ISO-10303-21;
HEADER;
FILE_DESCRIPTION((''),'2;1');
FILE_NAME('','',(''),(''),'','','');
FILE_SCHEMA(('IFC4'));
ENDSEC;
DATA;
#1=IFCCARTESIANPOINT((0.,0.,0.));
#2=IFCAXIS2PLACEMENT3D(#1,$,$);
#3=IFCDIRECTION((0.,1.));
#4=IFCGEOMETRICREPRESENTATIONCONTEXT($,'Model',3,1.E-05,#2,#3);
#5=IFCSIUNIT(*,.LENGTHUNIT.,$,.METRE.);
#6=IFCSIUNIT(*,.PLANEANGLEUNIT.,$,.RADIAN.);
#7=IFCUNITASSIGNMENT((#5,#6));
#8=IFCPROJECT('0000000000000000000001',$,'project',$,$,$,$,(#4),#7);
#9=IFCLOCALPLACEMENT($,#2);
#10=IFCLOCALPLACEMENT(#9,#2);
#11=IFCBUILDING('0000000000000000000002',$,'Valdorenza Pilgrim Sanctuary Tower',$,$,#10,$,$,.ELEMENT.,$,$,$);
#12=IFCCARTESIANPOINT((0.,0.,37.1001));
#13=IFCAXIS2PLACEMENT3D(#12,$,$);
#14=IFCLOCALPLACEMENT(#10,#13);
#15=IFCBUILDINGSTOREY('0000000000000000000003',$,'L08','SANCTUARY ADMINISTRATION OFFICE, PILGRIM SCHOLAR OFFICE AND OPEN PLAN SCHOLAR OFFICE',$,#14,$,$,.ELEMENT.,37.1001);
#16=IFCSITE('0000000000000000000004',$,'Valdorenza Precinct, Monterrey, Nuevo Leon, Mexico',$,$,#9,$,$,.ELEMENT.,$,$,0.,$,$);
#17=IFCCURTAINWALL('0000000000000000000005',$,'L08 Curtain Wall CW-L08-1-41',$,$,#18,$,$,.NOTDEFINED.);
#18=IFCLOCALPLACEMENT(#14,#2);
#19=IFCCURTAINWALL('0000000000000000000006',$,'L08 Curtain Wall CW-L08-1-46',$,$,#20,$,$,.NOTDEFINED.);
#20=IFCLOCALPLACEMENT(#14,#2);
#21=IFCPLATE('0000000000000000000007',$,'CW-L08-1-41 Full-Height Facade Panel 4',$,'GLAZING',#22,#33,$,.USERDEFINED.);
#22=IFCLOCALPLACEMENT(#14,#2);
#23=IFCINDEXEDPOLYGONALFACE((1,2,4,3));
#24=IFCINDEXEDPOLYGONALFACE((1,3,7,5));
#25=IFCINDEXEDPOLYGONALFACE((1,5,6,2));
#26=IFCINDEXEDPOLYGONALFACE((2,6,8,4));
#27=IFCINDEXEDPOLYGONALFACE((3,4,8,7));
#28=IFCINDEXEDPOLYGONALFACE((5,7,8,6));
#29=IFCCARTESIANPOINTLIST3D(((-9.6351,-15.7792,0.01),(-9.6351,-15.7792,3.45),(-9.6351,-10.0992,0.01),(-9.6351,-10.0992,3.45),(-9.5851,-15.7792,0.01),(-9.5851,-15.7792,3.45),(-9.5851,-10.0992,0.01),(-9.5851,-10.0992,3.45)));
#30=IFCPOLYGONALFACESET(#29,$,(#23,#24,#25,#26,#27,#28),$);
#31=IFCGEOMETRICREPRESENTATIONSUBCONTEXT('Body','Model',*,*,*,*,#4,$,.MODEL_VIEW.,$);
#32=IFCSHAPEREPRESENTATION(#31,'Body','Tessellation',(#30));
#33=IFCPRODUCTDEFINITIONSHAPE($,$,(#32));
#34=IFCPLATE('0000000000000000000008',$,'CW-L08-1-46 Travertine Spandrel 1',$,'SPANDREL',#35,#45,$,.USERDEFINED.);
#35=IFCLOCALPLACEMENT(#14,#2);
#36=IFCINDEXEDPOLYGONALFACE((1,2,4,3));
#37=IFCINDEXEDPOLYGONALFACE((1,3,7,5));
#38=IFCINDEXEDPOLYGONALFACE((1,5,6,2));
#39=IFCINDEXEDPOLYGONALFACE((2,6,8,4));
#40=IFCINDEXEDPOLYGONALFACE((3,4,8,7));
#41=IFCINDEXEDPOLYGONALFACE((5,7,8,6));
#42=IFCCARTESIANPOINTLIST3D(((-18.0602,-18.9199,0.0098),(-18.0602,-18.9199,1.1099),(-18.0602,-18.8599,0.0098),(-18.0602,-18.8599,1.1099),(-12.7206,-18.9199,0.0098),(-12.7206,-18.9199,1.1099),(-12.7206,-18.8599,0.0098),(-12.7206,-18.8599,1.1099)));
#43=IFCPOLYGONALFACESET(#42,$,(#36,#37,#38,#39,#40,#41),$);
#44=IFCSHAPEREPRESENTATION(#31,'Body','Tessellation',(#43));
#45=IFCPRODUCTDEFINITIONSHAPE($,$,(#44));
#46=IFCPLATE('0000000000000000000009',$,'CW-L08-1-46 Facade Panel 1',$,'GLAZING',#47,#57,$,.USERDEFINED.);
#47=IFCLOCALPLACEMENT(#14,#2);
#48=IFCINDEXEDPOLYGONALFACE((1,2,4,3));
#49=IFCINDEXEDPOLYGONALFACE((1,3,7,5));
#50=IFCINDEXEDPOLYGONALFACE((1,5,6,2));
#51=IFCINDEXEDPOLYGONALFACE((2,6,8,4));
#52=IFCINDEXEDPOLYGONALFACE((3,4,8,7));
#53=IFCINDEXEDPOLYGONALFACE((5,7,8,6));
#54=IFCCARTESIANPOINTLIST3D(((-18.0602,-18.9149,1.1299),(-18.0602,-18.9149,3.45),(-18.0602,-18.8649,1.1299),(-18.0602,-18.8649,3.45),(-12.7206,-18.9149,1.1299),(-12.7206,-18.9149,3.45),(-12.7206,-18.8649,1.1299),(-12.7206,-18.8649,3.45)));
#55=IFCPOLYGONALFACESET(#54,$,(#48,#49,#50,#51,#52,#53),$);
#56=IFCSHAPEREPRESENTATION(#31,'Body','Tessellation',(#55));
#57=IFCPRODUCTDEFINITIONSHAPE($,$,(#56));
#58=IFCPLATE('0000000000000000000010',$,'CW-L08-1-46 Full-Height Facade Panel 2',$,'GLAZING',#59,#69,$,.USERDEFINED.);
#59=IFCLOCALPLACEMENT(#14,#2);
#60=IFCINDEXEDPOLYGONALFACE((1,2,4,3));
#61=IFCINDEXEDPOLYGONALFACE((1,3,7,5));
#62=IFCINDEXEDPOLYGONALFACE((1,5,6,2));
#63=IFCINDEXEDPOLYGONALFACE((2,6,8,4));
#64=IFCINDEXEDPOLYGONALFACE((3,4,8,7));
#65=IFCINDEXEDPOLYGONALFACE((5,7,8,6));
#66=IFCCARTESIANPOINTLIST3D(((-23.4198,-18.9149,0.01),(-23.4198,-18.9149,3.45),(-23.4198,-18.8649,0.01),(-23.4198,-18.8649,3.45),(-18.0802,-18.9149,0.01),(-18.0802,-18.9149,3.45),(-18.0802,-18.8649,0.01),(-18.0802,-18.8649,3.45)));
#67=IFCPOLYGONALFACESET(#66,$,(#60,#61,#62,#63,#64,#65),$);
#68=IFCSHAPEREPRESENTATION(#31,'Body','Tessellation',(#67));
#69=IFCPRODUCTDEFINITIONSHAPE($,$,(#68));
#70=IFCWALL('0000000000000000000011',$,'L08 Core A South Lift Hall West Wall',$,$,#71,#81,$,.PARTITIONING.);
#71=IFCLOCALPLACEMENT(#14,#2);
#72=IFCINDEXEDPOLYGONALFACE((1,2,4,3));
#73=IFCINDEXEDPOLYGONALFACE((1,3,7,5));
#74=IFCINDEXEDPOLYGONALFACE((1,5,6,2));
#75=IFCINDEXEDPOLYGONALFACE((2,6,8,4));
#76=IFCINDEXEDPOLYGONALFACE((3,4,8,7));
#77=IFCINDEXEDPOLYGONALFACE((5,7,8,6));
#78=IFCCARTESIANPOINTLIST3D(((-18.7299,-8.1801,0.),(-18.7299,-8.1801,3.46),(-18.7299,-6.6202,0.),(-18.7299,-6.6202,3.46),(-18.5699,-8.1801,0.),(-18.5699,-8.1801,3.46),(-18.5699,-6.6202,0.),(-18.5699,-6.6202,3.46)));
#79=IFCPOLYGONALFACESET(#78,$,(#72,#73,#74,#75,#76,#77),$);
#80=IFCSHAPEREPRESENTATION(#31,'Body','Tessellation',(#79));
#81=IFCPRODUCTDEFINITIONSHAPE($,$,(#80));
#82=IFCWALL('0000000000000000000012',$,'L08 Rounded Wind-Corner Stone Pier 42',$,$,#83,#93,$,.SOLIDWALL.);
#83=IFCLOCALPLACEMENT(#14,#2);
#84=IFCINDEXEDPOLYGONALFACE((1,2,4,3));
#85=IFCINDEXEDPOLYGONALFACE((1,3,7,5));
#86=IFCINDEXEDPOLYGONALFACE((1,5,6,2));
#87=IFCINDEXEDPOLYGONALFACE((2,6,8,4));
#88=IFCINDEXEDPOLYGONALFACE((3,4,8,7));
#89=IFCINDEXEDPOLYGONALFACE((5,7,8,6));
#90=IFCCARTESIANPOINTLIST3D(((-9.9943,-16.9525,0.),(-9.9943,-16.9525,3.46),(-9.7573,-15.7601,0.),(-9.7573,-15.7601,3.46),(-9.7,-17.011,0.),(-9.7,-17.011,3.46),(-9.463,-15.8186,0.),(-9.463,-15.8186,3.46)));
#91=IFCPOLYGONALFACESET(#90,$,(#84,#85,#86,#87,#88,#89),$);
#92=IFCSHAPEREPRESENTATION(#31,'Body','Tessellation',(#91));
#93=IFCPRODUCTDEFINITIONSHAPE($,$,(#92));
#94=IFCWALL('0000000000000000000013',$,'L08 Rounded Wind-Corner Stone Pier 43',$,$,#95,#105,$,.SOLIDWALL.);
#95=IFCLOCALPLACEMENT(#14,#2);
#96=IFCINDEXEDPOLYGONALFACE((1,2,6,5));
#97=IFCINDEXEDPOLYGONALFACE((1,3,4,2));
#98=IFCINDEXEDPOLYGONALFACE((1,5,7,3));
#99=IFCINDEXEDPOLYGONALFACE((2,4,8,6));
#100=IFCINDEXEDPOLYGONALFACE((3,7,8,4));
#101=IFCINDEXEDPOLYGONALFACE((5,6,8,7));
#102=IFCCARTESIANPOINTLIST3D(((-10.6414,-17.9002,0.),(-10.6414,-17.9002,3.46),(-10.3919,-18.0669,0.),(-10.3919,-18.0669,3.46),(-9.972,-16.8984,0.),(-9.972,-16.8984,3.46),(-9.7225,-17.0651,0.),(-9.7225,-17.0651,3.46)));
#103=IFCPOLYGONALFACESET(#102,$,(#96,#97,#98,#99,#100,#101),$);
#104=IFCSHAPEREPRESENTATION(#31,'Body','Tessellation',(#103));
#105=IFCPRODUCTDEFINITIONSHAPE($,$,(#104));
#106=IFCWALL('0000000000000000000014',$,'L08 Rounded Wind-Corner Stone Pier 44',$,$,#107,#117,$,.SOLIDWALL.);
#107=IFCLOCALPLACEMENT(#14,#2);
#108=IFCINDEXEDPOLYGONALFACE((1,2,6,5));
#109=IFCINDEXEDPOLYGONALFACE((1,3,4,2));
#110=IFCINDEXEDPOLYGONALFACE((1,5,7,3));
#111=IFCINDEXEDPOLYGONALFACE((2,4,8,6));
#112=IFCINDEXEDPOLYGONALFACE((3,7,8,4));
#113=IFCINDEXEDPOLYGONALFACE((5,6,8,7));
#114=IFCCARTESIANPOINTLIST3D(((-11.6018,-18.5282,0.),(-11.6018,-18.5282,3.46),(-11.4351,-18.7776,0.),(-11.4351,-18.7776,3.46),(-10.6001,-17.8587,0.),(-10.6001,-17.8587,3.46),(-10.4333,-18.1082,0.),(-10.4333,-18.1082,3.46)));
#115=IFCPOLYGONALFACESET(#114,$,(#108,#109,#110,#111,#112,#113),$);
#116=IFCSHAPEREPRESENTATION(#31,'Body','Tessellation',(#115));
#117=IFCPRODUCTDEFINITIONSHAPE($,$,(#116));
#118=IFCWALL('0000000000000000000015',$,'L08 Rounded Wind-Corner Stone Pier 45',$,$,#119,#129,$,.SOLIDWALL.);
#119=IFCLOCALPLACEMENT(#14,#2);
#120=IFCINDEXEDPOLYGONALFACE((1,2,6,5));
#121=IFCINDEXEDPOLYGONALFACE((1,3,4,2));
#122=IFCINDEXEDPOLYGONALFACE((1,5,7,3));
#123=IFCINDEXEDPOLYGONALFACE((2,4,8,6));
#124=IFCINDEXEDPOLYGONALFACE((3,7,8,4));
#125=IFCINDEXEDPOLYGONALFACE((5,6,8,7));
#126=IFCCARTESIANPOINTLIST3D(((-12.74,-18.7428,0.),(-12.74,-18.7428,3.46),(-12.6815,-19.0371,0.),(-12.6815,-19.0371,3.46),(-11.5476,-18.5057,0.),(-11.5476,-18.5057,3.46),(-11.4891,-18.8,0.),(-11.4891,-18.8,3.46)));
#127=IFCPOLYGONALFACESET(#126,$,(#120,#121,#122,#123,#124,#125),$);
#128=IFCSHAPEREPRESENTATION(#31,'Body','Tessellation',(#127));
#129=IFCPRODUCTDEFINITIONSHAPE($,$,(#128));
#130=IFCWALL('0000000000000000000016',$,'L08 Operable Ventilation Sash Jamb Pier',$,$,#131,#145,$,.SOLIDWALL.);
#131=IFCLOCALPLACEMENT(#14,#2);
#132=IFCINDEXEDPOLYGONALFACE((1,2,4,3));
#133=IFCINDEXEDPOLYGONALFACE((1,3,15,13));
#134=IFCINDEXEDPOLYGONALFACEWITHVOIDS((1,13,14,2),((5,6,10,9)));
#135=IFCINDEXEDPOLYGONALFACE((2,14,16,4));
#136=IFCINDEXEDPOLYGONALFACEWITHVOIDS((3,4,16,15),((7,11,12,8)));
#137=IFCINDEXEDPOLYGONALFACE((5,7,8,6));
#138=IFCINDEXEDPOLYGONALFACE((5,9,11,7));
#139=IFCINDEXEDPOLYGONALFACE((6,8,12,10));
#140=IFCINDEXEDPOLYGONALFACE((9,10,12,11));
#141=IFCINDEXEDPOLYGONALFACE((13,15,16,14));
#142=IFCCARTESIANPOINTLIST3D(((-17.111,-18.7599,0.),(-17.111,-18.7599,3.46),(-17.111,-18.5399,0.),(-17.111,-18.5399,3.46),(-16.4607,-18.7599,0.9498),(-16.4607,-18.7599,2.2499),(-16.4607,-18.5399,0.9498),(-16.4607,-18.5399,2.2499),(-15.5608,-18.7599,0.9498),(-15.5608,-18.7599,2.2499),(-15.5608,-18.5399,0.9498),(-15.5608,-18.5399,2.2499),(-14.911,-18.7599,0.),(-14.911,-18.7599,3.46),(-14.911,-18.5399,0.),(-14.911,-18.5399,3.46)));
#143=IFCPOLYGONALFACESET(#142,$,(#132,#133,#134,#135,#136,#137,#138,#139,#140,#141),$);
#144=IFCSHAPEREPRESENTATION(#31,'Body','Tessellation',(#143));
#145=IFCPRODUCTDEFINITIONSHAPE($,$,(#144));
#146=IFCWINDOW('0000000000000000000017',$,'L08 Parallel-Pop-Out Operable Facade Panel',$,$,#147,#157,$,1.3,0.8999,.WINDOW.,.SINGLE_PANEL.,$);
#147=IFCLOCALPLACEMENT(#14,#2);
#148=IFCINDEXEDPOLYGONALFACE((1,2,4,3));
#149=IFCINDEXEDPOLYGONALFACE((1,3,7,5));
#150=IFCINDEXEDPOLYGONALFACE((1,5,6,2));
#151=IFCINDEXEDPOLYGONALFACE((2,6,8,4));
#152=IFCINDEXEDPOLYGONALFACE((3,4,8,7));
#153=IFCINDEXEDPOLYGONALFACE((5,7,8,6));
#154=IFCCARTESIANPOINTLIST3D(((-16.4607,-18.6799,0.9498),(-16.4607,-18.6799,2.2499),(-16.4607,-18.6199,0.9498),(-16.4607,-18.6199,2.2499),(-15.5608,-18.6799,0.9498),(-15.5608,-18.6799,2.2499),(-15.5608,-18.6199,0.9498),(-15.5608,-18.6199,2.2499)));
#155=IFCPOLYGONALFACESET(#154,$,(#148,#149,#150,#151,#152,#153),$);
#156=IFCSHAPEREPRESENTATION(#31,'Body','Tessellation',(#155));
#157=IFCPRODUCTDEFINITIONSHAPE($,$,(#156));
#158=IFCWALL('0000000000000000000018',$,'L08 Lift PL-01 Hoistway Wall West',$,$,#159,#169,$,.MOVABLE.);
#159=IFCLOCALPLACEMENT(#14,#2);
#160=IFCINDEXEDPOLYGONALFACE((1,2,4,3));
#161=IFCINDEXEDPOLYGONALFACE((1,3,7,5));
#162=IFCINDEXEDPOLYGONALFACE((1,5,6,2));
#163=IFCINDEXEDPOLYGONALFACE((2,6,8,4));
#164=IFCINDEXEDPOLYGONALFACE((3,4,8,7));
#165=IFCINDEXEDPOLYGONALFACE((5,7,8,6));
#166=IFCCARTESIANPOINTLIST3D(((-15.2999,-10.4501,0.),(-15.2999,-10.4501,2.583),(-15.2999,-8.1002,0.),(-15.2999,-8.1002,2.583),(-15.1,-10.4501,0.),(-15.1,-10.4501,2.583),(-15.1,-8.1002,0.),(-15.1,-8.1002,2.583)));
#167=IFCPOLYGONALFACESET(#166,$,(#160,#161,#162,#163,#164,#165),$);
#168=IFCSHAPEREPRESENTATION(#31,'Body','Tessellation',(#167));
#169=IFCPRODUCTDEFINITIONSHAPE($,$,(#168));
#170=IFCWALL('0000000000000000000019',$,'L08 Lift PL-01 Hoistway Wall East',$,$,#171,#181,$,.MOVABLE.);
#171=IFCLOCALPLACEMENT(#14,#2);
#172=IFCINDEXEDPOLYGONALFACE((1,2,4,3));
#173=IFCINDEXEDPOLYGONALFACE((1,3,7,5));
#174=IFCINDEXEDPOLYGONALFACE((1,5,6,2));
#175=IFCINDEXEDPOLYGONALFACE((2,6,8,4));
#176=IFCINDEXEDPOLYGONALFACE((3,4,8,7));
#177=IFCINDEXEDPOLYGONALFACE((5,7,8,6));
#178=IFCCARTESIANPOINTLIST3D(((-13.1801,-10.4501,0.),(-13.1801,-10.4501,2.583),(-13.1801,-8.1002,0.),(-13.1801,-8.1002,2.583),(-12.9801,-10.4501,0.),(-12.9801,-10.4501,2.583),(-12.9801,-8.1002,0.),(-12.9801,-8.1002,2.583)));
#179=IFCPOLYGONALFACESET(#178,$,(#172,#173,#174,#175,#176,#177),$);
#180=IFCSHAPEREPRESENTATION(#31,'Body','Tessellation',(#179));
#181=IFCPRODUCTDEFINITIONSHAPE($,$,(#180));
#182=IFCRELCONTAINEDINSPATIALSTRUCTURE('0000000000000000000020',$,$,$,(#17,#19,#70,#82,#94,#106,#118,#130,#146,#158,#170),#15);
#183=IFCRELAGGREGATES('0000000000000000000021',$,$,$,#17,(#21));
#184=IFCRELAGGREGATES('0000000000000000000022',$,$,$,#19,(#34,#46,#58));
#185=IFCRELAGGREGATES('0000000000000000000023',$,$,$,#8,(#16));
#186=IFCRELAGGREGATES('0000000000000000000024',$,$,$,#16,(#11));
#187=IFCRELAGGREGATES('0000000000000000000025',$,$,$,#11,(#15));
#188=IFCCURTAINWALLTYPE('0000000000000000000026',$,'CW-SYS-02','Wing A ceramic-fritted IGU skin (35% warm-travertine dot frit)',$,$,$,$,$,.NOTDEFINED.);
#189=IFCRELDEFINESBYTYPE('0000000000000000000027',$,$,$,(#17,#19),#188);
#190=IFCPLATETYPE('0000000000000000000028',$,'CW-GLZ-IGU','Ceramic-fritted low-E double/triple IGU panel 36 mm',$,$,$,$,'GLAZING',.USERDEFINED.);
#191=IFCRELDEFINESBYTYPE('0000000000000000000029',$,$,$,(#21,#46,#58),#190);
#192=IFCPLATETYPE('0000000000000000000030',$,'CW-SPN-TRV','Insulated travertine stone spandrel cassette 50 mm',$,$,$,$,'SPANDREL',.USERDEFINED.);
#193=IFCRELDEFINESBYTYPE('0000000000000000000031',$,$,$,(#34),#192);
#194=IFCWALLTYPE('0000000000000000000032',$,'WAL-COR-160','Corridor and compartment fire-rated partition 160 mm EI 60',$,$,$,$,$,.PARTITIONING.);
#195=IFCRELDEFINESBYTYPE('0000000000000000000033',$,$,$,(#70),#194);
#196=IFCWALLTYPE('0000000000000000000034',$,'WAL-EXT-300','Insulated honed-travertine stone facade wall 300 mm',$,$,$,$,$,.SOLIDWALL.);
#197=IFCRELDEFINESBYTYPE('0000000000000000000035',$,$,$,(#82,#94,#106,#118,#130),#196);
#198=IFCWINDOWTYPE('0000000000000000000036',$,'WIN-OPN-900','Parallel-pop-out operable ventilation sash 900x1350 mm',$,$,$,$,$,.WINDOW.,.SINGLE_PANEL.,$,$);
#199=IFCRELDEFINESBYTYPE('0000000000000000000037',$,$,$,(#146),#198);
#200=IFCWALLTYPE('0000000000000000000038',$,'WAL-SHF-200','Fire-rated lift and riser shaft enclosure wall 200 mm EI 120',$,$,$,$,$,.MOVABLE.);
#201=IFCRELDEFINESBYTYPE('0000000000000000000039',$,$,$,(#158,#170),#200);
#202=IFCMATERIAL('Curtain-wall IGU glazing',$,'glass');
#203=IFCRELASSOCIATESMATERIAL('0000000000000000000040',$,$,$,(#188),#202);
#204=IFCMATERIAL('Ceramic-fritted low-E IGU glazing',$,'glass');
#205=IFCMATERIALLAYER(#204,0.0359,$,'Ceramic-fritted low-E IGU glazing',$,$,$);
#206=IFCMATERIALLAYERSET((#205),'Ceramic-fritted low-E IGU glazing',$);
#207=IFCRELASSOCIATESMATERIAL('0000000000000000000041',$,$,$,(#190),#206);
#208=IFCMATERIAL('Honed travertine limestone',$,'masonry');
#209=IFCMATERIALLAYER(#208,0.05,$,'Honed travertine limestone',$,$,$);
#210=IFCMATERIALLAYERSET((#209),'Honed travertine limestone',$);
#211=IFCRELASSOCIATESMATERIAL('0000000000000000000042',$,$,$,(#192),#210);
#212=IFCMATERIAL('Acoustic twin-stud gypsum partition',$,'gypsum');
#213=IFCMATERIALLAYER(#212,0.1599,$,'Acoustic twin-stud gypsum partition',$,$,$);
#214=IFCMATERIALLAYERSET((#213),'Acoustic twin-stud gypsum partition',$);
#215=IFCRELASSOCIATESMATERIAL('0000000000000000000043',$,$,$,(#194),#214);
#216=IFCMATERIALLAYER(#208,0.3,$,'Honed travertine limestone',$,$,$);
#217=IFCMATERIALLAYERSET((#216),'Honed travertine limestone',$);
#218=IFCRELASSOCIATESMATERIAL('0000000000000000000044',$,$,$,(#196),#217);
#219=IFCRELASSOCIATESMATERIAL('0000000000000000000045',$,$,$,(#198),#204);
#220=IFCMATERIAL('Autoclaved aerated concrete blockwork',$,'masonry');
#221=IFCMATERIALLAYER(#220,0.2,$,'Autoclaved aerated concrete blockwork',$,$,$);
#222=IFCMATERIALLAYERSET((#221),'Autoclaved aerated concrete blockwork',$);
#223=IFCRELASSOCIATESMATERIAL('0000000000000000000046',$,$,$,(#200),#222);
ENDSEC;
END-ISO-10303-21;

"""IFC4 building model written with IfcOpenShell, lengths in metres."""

from ifc_helpers import new_model, si_unit, direction, frame, frame_2d, origin, origin_2d, place, context, subcontext, project, spatial, rectangle, extrude, source, transform, mapped, material, layer, layer_set, type_object, element, fill, aggregate, save


model = new_model("IFC4")

# Units and contexts
model_context = context("Model", 3, precision=1e-05, world=origin(), true_north=direction((0.0, 1.0)))
body_context = subcontext(model_context, "Body", "Model", "MODEL_VIEW")
ifc_project = project(units=[si_unit("LENGTHUNIT", "METRE"), si_unit("PLANEANGLEUNIT", "RADIAN")], contexts=[model_context])

# Site, building, storey
site_placement = place(None, origin())
site = spatial("IfcSite", under=ifc_project, at=site_placement, Name="Valdorenza Precinct, Monterrey, Nuevo Leon, Mexico", CompositionType="ELEMENT", RefElevation=0.0)
building_placement = place(site_placement, origin())
building = spatial("IfcBuilding", under=site, at=building_placement, Name="Valdorenza Pilgrim Sanctuary Tower", CompositionType="ELEMENT")
storey_placement = place(building_placement, frame((0.0, 0.0, 37.1001)))
storey = spatial("IfcBuildingStorey", under=building, at=storey_placement, Name="L08", Description="SANCTUARY ADMINISTRATION OFFICE, PILGRIM SCHOLAR OFFICE AND OPEN PLAN SCHOLAR OFFICE", CompositionType="ELEMENT", Elevation=37.1001)

# Curtain walls
ifc_material_1 = material(Name="Curtain-wall IGU glazing", Category="glass")
curtain_wall_type = type_object("IfcCurtainWallType", Name="CW-SYS-02", Description="Wing A ceramic-fritted IGU skin (35% warm-travertine dot frit)", PredefinedType="NOTDEFINED", material=ifc_material_1)
curtain_wall_1_placement = place(storey_placement, origin())
curtain_wall_1 = element("IfcCurtainWall", 1, at=curtain_wall_1_placement, inside=storey, type_object=curtain_wall_type, Name="L08 Curtain Wall CW-L08-1-41", PredefinedType="NOTDEFINED")
curtain_wall_2_placement = place(storey_placement, origin())
curtain_wall_2 = element("IfcCurtainWall", 2, at=curtain_wall_2_placement, inside=storey, type_object=curtain_wall_type, Name="L08 Curtain Wall CW-L08-1-46", PredefinedType="NOTDEFINED")

# Plates
ifc_material_2 = material(Name="Ceramic-fritted low-E IGU glazing", Category="glass")
ifc_layer_1 = layer(ifc_material_2, 0.0359, Name="Ceramic-fritted low-E IGU glazing")
ifc_layer_set_1 = layer_set([ifc_layer_1], Name="Ceramic-fritted low-E IGU glazing")
plate_type_1 = type_object("IfcPlateType", Name="CW-GLZ-IGU", Description="Ceramic-fritted low-E double/triple IGU panel 36 mm", ElementType="GLAZING", PredefinedType="USERDEFINED", material=ifc_layer_set_1)
shared_shape_1 = source(origin(), body_context, "Body", "SweptSolid", [
    extrude(rectangle(XDim=5.6799, YDim=0.05, at=origin_2d()), origin(), (0.0, 0.0, 1.0), 3.4399),
])
plate_1_placement = place(storey_placement, frame((-9.6101, -12.9392, 0.01), z_axis=(0.0, 0.0, 1.0), x_axis=(0.0, -1.0, 0.0)))
plate_1 = element("IfcPlate", 3, at=plate_1_placement, type_object=plate_type_1, Name="CW-L08-1-41 Full-Height Facade Panel 4", ObjectType="GLAZING", PredefinedType="USERDEFINED", context=body_context, shape_type="MappedRepresentation", body=[
    mapped(shared_shape_1, transform((0.0, 0.0, 0.0), x_axis=(1.0, 0.0, 0.0), y_axis=(0.0, 1.0, 0.0), z_axis=(0.0, 0.0, 1.0), scale=1.0)),
])
aggregate(curtain_wall_1, [plate_1])
ifc_material_3 = material(Name="Honed travertine limestone", Category="masonry")
ifc_layer_2 = layer(ifc_material_3, 0.05, Name="Honed travertine limestone")
ifc_layer_set_2 = layer_set([ifc_layer_2], Name="Honed travertine limestone")
plate_type_2 = type_object("IfcPlateType", Name="CW-SPN-TRV", Description="Insulated travertine stone spandrel cassette 50 mm", ElementType="SPANDREL", PredefinedType="USERDEFINED", material=ifc_layer_set_2)
shared_shape_2 = source(origin(), body_context, "Body", "SweptSolid", [
    extrude(rectangle(XDim=5.3396, YDim=0.0601, at=origin_2d()), origin(), (0.0, 0.0, 1.0), 1.1001),
])
plate_2_placement = place(storey_placement, frame((-15.3904, -18.8899, 0.0098), z_axis=(0.0, 0.0, 1.0), x_axis=(-1.0, 0.0, 0.0)))
plate_2 = element("IfcPlate", 4, at=plate_2_placement, type_object=plate_type_2, Name="CW-L08-1-46 Travertine Spandrel 1", ObjectType="SPANDREL", PredefinedType="USERDEFINED", context=body_context, shape_type="MappedRepresentation", body=[
    mapped(shared_shape_2, transform((0.0, 0.0, 0.0), x_axis=(1.0, 0.0, 0.0), y_axis=(0.0, 1.0, 0.0), z_axis=(0.0, 0.0, 1.0), scale=1.0)),
])
shared_shape_3 = source(origin(), body_context, "Body", "SweptSolid", [
    extrude(rectangle(XDim=5.3396, YDim=0.05, at=origin_2d()), origin(), (0.0, 0.0, 1.0), 2.3201),
])
plate_3_placement = place(storey_placement, frame((-15.3904, -18.8899, 1.1299), z_axis=(0.0, 0.0, 1.0), x_axis=(-1.0, 0.0, 0.0)))
plate_3 = element("IfcPlate", 5, at=plate_3_placement, type_object=plate_type_1, Name="CW-L08-1-46 Facade Panel 1", ObjectType="GLAZING", PredefinedType="USERDEFINED", context=body_context, shape_type="MappedRepresentation", body=[
    mapped(shared_shape_3, transform((0.0, 0.0, 0.0), x_axis=(1.0, 0.0, 0.0), y_axis=(0.0, 1.0, 0.0), z_axis=(0.0, 0.0, 1.0), scale=1.0)),
])
shared_shape_4 = source(origin(), body_context, "Body", "SweptSolid", [
    extrude(rectangle(XDim=5.3396, YDim=0.05, at=origin_2d()), origin(), (0.0, 0.0, 1.0), 3.4399),
])
plate_4_placement = place(storey_placement, frame((-20.75, -18.8899, 0.01), z_axis=(0.0, 0.0, 1.0), x_axis=(-1.0, 0.0, 0.0)))
plate_4 = element("IfcPlate", 6, at=plate_4_placement, type_object=plate_type_1, Name="CW-L08-1-46 Full-Height Facade Panel 2", ObjectType="GLAZING", PredefinedType="USERDEFINED", context=body_context, shape_type="MappedRepresentation", body=[
    mapped(shared_shape_4, transform((0.0, 0.0, 0.0), x_axis=(1.0, 0.0, 0.0), y_axis=(0.0, 1.0, 0.0), z_axis=(0.0, 0.0, 1.0), scale=1.0)),
])
aggregate(curtain_wall_2, [plate_2, plate_3, plate_4])

# Walls
ifc_material_4 = material(Name="Acoustic twin-stud gypsum partition", Category="gypsum")
ifc_layer_3 = layer(ifc_material_4, 0.1599, Name="Acoustic twin-stud gypsum partition")
ifc_layer_set_3 = layer_set([ifc_layer_3], Name="Acoustic twin-stud gypsum partition")
wall_type_1 = type_object("IfcWallType", Name="WAL-COR-160", Description="Corridor and compartment fire-rated partition 160 mm EI 60", PredefinedType="PARTITIONING", material=ifc_layer_set_3)
wall_1_placement = place(storey_placement, frame((-18.6499, -8.1799, 0.0), z_axis=(0.0, 0.0, 1.0), x_axis=(0.0, 1.0, 0.0)))
element("IfcWall", 7, at=wall_1_placement, inside=storey, type_object=wall_type_1, Name="L08 Core A South Lift Hall West Wall", PredefinedType="PARTITIONING", context=body_context, shape_type="SweptSolid", body=[
    extrude(rectangle(XDim=1.5598, YDim=0.1599, at=frame_2d((0.7798, 0.0))), origin(), (0.0, 0.0, 1.0), 3.46),
])
ifc_layer_4 = layer(ifc_material_3, 0.3, Name="Honed travertine limestone")
ifc_layer_set_4 = layer_set([ifc_layer_4], Name="Honed travertine limestone")
wall_type_2 = type_object("IfcWallType", Name="WAL-EXT-300", Description="Insulated honed-travertine stone facade wall 300 mm", PredefinedType="SOLIDWALL", material=ifc_layer_set_4)
wall_2_placement = place(storey_placement, frame((-9.6101, -15.7893, 0.0), z_axis=(0.0, 0.0, 1.0), x_axis=(-0.194996, -0.980804, 0.0)))
element("IfcWall", 8, at=wall_2_placement, inside=storey, type_object=wall_type_2, Name="L08 Rounded Wind-Corner Stone Pier 42", PredefinedType="SOLIDWALL", context=body_context, shape_type="SweptSolid", body=[
    extrude(rectangle(XDim=1.2158, YDim=0.3, at=frame_2d((0.6079, 0.0))), origin(), (0.0, 0.0, 1.0), 3.46),
])
for number, where, z_axis, x_axis, name in (
    (9, (-9.8472, -16.9817, 0.0), (0.0, 0.0, 1.0), (-0.555635, -0.831426, 0.0), "L08 Rounded Wind-Corner Stone Pier 43"),
    (10, (-10.5166, -17.9834, 0.0), (0.0, 0.0, 1.0), (-0.831426, -0.555635, 0.0), "L08 Rounded Wind-Corner Stone Pier 44"),
):
    element("IfcWall", number, at=place(storey_placement, frame(where, z_axis=z_axis, x_axis=x_axis)), inside=storey, type_object=wall_type_2, Name=name, PredefinedType="SOLIDWALL", context=body_context, shape_type="SweptSolid", body=[
        extrude(rectangle(XDim=1.2048, YDim=0.3, at=frame_2d((0.6025, 0.0))), origin(), (0.0, 0.0, 1.0), 3.46),
    ])
wall_3_placement = place(storey_placement, frame((-11.5183, -18.6528, 0.0), z_axis=(0.0, 0.0, 1.0), x_axis=(-0.980804, -0.194996, 0.0)))
element("IfcWall", 11, at=wall_3_placement, inside=storey, type_object=wall_type_2, Name="L08 Rounded Wind-Corner Stone Pier 45", PredefinedType="SOLIDWALL", context=body_context, shape_type="SweptSolid", body=[
    extrude(rectangle(XDim=1.2158, YDim=0.3, at=frame_2d((0.6079, 0.0))), origin(), (0.0, 0.0, 1.0), 3.46),
])

# Wall, opening, window
wall_4_placement = place(storey_placement, frame((-14.9109, -18.6499, 0.0), z_axis=(0.0, 0.0, 1.0), x_axis=(-1.0, 0.0, 0.0)))
wall_4 = element("IfcWall", 12, at=wall_4_placement, inside=storey, type_object=wall_type_2, Name="L08 Operable Ventilation Sash Jamb Pier", PredefinedType="SOLIDWALL", context=body_context, shape_type="SweptSolid", body=[
    extrude(rectangle(XDim=2.2, YDim=0.22, at=frame_2d((1.1001, 0.0))), origin(), (0.0, 0.0, 1.0), 3.46),
])
opening_1_placement = place(wall_4_placement, frame((0.6499, 0.0, 0.95)))
opening_1 = element("IfcOpeningElement", 13, at=opening_1_placement, cuts=wall_4, PredefinedType="OPENING", context=body_context, shape_type="SweptSolid", body=[
    extrude(rectangle(XDim=0.8999, YDim=1.3, at=frame_2d((0.45, 0.6499))), frame((0.0, 0.125, 0.0), z_axis=(0.0, -1.0, 0.0), x_axis=(1.0, 0.0, 0.0)), (0.0, 0.0, 1.0), 0.2498),
])
window_type = type_object("IfcWindowType", Name="WIN-OPN-900", Description="Parallel-pop-out operable ventilation sash 900x1350 mm", PartitioningType="SINGLE_PANEL", PredefinedType="WINDOW", material=ifc_material_2)
window_placement = place(opening_1_placement, origin())
window = element("IfcWindow", 14, at=window_placement, inside=storey, type_object=window_type, Name="L08 Parallel-Pop-Out Operable Facade Panel", OverallHeight=1.3, OverallWidth=0.8999, PartitioningType="SINGLE_PANEL", PredefinedType="WINDOW", context=body_context, shape_type="SweptSolid", body=[
    extrude(rectangle(XDim=0.8999, YDim=1.3, at=frame_2d((0.45, 0.6499))), frame((0.0, 0.03, 0.0), z_axis=(0.0, -1.0, 0.0), x_axis=(1.0, 0.0, 0.0)), (0.0, 0.0, 1.0), 0.0601),
])
fill(opening_1, window)

# Walls
ifc_material_5 = material(Name="Autoclaved aerated concrete blockwork", Category="masonry")
ifc_layer_5 = layer(ifc_material_5, 0.2, Name="Autoclaved aerated concrete blockwork")
ifc_layer_set_5 = layer_set([ifc_layer_5], Name="Autoclaved aerated concrete blockwork")
wall_type_3 = type_object("IfcWallType", Name="WAL-SHF-200", Description="Fire-rated lift and riser shaft enclosure wall 200 mm EI 120", PredefinedType="MOVABLE", material=ifc_layer_set_5)
for number, where, z_axis, x_axis, name in (
    (15, (-15.2, -10.45, 0.0), (0.0, 0.0, 1.0), (0.0, 1.0, 0.0), "L08 Lift PL-01 Hoistway Wall West"),
    (16, (-13.0801, -10.45, 0.0), (0.0, 0.0, 1.0), (0.0, 1.0, 0.0), "L08 Lift PL-01 Hoistway Wall East"),
):
    element("IfcWall", number, at=place(storey_placement, frame(where, z_axis=z_axis, x_axis=x_axis)), inside=storey, type_object=wall_type_3, Name=name, PredefinedType="MOVABLE", context=body_context, shape_type="SweptSolid", body=[
        extrude(rectangle(XDim=2.3499, YDim=0.2, at=frame_2d((1.1748, 0.0))), origin(), (0.0, 0.0, 1.0), 2.583),
    ])

save(model, "model.ifc")
